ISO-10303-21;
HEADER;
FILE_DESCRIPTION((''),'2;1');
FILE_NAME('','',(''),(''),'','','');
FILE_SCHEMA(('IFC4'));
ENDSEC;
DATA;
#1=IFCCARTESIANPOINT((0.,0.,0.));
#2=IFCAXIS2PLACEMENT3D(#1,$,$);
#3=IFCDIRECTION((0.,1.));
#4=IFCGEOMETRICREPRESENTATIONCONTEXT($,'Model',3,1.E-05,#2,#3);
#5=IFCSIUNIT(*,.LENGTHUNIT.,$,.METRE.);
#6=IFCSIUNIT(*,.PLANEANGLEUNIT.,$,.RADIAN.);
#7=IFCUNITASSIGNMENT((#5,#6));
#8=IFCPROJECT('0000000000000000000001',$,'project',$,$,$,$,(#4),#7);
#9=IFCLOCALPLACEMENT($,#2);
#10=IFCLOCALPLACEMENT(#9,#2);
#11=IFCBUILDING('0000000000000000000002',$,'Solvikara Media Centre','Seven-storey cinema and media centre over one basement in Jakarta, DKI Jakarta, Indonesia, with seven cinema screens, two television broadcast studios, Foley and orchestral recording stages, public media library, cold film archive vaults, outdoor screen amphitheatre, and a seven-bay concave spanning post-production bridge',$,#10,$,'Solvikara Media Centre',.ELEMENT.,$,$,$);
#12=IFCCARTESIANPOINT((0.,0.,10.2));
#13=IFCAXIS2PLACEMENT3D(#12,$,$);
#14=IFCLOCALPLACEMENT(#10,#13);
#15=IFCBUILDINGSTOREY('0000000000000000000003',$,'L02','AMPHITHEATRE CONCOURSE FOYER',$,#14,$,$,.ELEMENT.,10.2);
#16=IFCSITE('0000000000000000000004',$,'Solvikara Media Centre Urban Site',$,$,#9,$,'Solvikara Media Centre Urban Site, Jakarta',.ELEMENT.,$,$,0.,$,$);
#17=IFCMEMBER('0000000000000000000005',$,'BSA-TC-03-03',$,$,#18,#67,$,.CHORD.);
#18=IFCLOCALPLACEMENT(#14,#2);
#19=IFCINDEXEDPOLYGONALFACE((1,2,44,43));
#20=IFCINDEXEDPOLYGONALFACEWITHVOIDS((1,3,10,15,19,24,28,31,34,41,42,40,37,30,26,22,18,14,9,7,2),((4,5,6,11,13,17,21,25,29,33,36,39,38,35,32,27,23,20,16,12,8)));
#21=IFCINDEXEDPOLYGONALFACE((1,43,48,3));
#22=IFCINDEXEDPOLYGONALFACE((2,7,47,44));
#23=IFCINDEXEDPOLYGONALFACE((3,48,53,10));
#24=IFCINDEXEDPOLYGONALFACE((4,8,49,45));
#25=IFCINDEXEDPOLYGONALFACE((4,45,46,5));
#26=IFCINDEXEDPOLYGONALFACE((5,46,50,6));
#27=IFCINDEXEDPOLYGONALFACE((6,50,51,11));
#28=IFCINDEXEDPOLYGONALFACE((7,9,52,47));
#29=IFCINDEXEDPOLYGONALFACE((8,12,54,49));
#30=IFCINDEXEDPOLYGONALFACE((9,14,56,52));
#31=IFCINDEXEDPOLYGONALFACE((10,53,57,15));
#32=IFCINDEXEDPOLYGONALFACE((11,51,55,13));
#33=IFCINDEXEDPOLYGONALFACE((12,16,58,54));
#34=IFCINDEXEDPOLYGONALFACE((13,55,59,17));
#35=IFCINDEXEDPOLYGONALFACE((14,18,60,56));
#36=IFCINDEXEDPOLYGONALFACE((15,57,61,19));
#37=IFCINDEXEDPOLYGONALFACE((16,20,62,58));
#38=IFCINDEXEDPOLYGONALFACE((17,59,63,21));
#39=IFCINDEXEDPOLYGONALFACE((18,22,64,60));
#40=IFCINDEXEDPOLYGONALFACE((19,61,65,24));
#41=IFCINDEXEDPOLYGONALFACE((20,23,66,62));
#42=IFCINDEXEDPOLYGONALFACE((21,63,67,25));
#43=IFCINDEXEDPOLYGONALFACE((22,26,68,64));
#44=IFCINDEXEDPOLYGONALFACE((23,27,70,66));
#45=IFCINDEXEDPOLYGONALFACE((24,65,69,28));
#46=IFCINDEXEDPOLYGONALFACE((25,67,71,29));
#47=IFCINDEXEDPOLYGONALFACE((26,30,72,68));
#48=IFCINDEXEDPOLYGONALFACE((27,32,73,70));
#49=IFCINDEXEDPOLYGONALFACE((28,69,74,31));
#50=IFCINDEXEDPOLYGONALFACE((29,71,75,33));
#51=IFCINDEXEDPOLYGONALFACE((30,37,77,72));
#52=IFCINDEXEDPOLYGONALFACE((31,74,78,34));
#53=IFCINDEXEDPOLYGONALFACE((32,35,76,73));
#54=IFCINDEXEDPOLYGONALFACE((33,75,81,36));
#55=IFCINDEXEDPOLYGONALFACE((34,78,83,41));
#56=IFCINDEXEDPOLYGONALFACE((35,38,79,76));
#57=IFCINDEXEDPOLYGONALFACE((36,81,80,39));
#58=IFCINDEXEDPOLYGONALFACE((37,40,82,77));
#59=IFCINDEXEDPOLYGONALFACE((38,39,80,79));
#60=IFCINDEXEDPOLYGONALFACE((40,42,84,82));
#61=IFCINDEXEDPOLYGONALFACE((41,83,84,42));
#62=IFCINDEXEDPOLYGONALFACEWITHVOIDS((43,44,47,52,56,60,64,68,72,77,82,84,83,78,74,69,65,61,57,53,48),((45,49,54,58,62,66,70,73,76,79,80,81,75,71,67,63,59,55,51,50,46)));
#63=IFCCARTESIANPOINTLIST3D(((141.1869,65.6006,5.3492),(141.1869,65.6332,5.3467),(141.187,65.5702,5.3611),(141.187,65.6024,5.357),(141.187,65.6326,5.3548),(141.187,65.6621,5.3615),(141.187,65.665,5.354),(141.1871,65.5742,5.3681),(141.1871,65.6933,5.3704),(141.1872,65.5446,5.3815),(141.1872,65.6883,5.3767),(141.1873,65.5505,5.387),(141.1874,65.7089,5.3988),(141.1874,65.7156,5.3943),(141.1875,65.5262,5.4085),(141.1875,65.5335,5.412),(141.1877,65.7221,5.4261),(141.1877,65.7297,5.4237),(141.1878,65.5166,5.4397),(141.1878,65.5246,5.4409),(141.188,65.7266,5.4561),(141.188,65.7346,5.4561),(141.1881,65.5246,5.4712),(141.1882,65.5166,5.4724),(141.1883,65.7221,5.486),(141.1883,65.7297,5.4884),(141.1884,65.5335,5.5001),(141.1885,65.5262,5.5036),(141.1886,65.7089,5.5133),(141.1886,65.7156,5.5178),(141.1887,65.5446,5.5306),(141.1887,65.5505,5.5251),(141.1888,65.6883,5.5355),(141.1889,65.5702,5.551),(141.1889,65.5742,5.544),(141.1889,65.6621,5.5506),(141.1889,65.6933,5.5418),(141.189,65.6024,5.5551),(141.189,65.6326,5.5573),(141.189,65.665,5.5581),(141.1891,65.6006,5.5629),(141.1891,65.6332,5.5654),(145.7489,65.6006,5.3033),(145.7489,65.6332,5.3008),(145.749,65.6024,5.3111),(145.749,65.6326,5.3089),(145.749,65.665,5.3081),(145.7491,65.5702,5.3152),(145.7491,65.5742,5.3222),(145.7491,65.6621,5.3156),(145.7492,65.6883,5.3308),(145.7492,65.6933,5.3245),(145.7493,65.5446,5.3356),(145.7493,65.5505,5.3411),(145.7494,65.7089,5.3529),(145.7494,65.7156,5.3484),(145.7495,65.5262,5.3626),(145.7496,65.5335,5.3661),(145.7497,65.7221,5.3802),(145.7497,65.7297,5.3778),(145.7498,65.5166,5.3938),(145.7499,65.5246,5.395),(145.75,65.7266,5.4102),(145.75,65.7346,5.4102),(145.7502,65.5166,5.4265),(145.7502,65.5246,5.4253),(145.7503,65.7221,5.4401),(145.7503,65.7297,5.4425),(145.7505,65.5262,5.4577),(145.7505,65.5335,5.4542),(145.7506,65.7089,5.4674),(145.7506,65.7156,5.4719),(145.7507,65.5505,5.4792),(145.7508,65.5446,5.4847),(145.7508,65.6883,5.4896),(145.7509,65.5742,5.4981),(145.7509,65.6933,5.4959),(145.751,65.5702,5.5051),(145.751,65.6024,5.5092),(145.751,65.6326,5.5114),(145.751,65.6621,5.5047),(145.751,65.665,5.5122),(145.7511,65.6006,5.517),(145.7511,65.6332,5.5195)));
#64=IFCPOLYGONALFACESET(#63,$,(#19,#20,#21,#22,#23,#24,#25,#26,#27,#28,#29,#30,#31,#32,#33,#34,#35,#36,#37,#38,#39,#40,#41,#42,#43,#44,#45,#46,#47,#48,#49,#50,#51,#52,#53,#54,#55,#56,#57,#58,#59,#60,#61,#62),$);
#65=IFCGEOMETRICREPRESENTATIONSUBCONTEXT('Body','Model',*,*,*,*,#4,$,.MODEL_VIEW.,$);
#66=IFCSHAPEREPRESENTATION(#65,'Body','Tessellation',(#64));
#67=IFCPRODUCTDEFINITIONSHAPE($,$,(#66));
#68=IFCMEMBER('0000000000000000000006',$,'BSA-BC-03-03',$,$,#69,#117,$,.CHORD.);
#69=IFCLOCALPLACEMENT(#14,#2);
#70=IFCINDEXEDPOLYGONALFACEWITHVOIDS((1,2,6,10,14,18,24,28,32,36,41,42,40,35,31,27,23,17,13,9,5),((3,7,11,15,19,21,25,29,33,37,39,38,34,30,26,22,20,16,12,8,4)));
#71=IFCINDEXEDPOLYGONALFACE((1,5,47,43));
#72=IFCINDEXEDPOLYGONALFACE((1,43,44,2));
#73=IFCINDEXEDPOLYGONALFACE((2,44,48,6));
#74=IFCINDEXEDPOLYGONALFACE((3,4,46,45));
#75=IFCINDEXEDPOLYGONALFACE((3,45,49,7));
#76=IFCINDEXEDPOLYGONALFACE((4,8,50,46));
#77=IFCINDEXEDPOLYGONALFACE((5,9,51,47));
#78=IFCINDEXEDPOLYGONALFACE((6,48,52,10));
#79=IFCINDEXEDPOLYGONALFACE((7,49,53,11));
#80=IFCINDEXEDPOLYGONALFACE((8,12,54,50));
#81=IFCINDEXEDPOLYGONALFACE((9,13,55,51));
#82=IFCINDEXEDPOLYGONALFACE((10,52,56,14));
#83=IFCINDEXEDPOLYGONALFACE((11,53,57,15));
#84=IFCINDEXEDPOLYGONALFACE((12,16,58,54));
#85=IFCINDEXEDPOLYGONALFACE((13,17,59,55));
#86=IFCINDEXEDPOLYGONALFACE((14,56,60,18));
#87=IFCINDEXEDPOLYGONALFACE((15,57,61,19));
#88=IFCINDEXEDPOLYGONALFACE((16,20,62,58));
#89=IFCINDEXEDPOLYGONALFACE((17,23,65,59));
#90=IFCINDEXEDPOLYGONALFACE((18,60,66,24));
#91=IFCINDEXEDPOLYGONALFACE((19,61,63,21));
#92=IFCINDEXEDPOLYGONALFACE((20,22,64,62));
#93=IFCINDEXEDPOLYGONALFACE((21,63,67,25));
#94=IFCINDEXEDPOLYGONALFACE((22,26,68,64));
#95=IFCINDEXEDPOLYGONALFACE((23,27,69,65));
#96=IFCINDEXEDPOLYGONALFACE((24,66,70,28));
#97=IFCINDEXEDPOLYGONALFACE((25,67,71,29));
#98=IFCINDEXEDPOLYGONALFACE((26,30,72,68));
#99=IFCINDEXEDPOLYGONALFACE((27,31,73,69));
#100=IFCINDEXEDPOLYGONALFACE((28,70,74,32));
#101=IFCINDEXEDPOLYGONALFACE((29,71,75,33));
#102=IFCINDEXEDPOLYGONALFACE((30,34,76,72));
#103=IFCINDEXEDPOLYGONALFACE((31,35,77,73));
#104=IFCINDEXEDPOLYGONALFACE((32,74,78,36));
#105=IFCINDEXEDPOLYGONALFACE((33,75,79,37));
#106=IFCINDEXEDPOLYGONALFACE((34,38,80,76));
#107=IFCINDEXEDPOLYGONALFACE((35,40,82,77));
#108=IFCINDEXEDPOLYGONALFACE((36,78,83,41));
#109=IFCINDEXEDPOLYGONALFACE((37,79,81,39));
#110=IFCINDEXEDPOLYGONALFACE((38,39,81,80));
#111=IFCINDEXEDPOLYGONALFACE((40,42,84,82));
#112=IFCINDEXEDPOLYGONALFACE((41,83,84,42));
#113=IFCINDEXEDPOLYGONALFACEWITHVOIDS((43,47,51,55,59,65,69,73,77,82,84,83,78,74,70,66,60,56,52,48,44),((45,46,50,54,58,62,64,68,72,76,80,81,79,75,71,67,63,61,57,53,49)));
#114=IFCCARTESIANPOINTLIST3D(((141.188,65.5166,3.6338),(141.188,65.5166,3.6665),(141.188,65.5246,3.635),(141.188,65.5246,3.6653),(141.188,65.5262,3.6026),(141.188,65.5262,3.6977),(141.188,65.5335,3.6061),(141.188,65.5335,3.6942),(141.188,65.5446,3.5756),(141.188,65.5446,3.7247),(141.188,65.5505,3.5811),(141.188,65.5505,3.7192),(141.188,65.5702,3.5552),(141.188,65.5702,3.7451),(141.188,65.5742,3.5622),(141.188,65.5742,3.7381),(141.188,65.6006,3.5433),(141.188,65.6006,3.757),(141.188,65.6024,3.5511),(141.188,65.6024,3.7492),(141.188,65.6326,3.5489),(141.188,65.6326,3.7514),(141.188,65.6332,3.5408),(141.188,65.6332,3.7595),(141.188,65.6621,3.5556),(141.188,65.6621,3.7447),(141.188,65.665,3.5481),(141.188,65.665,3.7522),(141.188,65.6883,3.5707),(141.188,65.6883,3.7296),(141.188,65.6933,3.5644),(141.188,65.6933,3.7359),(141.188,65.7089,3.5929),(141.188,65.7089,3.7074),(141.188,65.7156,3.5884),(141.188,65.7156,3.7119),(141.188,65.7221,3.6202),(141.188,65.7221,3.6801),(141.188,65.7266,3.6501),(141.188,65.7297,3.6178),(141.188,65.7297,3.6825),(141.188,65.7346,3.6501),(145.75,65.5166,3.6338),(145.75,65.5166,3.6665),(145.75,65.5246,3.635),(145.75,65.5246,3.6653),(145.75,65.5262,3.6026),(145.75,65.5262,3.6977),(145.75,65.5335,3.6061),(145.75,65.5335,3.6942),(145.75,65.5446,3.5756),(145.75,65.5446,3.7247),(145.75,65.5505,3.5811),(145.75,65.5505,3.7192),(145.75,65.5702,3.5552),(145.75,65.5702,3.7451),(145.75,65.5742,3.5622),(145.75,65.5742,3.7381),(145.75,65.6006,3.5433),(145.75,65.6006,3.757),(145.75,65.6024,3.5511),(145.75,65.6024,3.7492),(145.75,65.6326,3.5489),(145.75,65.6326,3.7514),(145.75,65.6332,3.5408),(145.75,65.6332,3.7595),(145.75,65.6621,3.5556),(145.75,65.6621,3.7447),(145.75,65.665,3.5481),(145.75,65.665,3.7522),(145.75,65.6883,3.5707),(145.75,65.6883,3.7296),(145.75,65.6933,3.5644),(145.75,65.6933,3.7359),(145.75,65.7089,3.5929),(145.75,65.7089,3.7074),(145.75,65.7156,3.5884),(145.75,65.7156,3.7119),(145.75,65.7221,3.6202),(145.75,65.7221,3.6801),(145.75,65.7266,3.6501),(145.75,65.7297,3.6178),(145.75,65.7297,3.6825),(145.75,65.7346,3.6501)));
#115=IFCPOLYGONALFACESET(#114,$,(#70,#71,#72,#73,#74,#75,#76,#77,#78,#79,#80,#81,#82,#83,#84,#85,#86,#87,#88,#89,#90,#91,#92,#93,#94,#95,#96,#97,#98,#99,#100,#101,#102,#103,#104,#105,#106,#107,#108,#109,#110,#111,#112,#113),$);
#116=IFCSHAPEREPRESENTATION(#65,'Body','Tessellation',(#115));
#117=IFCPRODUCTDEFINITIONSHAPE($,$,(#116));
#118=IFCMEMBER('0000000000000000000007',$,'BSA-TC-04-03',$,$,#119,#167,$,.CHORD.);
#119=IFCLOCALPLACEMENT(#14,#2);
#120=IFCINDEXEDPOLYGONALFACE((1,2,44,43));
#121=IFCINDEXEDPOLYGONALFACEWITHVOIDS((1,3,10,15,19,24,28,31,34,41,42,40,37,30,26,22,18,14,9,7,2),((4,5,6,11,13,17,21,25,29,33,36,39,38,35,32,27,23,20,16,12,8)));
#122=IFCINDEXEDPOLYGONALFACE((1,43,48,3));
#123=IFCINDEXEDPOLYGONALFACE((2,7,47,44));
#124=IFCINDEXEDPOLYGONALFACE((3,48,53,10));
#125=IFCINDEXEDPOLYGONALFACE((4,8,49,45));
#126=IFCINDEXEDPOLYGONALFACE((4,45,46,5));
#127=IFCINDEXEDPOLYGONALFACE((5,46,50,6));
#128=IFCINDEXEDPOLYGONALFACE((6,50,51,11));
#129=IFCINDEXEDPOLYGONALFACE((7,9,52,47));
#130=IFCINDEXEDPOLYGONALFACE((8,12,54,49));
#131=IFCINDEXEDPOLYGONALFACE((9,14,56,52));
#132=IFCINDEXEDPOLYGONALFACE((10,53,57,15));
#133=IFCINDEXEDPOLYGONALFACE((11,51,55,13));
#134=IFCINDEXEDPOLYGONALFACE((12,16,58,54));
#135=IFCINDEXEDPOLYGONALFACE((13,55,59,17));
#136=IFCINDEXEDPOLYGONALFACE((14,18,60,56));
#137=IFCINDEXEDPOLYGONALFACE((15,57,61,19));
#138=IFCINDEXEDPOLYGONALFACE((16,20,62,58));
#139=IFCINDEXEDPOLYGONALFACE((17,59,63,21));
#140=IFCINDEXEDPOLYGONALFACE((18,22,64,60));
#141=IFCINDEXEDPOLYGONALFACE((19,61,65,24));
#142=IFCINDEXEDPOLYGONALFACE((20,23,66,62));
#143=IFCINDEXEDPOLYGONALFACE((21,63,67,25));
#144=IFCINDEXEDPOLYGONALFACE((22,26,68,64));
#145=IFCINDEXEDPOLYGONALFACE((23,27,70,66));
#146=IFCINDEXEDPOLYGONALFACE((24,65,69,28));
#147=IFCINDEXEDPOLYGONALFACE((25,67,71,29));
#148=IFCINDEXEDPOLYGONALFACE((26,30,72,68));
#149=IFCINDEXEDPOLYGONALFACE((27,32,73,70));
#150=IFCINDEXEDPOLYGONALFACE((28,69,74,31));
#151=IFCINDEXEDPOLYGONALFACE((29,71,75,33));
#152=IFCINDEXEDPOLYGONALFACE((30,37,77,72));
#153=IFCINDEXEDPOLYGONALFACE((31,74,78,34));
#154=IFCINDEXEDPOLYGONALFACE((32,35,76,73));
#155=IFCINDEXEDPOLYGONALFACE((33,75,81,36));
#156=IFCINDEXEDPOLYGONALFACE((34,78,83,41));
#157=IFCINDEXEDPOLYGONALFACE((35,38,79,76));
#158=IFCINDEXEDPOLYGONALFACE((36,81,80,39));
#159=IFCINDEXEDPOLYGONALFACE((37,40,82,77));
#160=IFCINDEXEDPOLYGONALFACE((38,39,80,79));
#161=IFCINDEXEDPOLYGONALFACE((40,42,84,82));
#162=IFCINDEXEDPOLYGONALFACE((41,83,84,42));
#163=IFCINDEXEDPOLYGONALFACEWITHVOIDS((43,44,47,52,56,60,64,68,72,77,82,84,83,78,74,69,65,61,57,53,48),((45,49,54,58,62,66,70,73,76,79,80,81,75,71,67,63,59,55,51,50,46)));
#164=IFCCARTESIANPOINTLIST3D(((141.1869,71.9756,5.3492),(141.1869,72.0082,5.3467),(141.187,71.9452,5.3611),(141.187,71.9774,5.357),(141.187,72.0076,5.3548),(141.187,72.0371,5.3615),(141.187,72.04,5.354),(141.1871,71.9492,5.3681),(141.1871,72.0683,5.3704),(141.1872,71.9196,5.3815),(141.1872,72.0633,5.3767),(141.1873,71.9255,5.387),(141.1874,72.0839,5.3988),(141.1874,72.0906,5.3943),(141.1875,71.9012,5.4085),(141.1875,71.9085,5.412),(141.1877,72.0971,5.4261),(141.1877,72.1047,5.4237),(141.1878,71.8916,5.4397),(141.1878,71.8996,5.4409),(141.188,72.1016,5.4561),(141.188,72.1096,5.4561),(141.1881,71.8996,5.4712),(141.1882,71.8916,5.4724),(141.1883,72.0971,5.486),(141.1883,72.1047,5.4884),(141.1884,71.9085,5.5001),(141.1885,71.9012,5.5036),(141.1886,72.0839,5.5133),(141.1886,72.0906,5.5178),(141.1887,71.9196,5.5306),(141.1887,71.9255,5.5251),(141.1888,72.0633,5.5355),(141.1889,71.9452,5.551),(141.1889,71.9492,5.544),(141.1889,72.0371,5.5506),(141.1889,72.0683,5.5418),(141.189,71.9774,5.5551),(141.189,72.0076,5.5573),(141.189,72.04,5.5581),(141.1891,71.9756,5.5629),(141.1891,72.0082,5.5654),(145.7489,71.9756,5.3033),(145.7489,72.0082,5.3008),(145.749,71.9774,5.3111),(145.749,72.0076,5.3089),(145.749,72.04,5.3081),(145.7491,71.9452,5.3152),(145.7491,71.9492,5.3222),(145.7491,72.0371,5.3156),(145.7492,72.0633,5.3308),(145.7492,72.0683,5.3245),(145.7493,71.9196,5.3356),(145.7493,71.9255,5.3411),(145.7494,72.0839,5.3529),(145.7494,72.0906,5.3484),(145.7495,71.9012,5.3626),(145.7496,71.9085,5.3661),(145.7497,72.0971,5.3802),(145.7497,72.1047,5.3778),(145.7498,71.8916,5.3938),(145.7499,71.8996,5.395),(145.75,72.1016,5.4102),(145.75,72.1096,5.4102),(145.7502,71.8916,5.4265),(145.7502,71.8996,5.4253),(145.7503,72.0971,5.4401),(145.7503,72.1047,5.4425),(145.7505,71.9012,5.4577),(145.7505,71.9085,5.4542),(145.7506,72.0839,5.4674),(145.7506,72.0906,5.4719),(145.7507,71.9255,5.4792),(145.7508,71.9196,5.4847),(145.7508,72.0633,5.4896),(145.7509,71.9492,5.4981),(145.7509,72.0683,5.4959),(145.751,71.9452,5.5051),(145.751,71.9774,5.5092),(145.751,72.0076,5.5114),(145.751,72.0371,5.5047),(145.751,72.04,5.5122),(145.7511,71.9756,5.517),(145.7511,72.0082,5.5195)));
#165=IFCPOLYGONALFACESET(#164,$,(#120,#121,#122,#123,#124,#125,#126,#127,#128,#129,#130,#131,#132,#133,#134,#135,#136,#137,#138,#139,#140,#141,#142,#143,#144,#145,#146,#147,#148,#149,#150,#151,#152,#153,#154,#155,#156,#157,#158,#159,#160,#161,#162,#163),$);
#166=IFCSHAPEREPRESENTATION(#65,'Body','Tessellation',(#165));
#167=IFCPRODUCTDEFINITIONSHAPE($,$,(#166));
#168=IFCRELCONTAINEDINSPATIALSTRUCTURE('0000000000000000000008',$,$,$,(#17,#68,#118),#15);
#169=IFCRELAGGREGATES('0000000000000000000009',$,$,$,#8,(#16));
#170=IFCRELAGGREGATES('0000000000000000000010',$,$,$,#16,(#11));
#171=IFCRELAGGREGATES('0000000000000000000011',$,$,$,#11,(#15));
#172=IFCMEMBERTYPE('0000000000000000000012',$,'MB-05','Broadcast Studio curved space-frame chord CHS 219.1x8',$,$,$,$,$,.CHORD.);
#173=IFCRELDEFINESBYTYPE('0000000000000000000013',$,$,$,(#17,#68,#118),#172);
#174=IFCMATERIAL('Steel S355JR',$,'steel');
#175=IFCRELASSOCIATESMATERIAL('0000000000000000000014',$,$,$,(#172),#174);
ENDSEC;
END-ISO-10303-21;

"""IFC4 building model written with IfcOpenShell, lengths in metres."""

from ifc_helpers import new_model, si_unit, direction, frame, origin, origin_2d, place, context, subcontext, project, spatial, hollow_circle, extrude, material, material_profile, profile_set, type_object, element, save


model = new_model("IFC4")

# Units and contexts
model_context = context("Model", 3, precision=1e-05, world=origin(), true_north=direction((0.0, 1.0)))
body_context = subcontext(model_context, "Body", "Model", "MODEL_VIEW")
ifc_project = project(units=[si_unit("LENGTHUNIT", "METRE"), si_unit("PLANEANGLEUNIT", "RADIAN")], contexts=[model_context])

# Site, building, storey
site_placement = place(None, origin())
site = spatial("IfcSite", under=ifc_project, at=site_placement, Name="Solvikara Media Centre Urban Site", LongName="Solvikara Media Centre Urban Site, Jakarta", CompositionType="ELEMENT", RefElevation=0.0)
building_placement = place(site_placement, origin())
building = spatial("IfcBuilding", under=site, at=building_placement, Name="Solvikara Media Centre", Description="Seven-storey cinema and media centre over one basement in Jakarta, DKI Jakarta, Indonesia, with seven cinema screens, two television broadcast studios, Foley and orchestral recording stages, public media library, cold film archive vaults, outdoor screen amphitheatre, and a seven-bay concave spanning post-production bridge", LongName="Solvikara Media Centre", CompositionType="ELEMENT")
storey_placement = place(building_placement, frame((0.0, 0.0, 10.2)))
storey = spatial("IfcBuildingStorey", under=building, at=storey_placement, Name="L02", Description="AMPHITHEATRE CONCOURSE FOYER", CompositionType="ELEMENT", Elevation=10.2)

# Members
ifc_material_1 = material(Name="Steel S355JR", Category="steel")
ifc_material_profile_1 = material_profile(ifc_material_1, hollow_circle(Radius=0.1096, WallThickness=0.0081, at=origin_2d()), Name="CHS 219.1x8")
ifc_profile_set_1 = profile_set([ifc_material_profile_1], Name="Steel S355JR")
member_type_1 = type_object("IfcMemberType", Name="MB-05", Description="Broadcast Studio curved space-frame chord CHS 219.1x8", PredefinedType="CHORD", material=ifc_profile_set_1)
member_1_placement = place(storey_placement, frame((141.188, 65.625, 5.4561), z_axis=(0.999949, 0.0, -0.01006), x_axis=(0.0, 1.0, 0.0)))
element("IfcMember", 1, at=member_1_placement, inside=storey, type_object=member_type_1, Name="BSA-TC-03-03", PredefinedType="CHORD", context=body_context, shape_type="SweptSolid", body=[
    extrude(hollow_circle(Radius=0.1096, WallThickness=0.0081, at=origin_2d()), origin(), (0.0, 0.0, 1.0), 4.5623),
])
member_2_placement = place(storey_placement, frame((141.188, 65.625, 3.6501), z_axis=(1.0, 0.0, 0.0), x_axis=(0.0, 1.0, 0.0)))
element("IfcMember", 2, at=member_2_placement, inside=storey, type_object=member_type_1, Name="BSA-BC-03-03", PredefinedType="CHORD", context=body_context, shape_type="SweptSolid", body=[
    extrude(hollow_circle(Radius=0.1096, WallThickness=0.0081, at=origin_2d()), origin(), (0.0, 0.0, 1.0), 4.562),
])
member_3_placement = place(storey_placement, frame((141.188, 72.0, 5.4561), z_axis=(0.999949, 0.0, -0.01006), x_axis=(0.0, 1.0, 0.0)))
element("IfcMember", 3, at=member_3_placement, inside=storey, type_object=member_type_1, Name="BSA-TC-04-03", PredefinedType="CHORD", context=body_context, shape_type="SweptSolid", body=[
    extrude(hollow_circle(Radius=0.1096, WallThickness=0.0081, at=origin_2d()), origin(), (0.0, 0.0, 1.0), 4.5623),
])

save(model, "model.ifc")
